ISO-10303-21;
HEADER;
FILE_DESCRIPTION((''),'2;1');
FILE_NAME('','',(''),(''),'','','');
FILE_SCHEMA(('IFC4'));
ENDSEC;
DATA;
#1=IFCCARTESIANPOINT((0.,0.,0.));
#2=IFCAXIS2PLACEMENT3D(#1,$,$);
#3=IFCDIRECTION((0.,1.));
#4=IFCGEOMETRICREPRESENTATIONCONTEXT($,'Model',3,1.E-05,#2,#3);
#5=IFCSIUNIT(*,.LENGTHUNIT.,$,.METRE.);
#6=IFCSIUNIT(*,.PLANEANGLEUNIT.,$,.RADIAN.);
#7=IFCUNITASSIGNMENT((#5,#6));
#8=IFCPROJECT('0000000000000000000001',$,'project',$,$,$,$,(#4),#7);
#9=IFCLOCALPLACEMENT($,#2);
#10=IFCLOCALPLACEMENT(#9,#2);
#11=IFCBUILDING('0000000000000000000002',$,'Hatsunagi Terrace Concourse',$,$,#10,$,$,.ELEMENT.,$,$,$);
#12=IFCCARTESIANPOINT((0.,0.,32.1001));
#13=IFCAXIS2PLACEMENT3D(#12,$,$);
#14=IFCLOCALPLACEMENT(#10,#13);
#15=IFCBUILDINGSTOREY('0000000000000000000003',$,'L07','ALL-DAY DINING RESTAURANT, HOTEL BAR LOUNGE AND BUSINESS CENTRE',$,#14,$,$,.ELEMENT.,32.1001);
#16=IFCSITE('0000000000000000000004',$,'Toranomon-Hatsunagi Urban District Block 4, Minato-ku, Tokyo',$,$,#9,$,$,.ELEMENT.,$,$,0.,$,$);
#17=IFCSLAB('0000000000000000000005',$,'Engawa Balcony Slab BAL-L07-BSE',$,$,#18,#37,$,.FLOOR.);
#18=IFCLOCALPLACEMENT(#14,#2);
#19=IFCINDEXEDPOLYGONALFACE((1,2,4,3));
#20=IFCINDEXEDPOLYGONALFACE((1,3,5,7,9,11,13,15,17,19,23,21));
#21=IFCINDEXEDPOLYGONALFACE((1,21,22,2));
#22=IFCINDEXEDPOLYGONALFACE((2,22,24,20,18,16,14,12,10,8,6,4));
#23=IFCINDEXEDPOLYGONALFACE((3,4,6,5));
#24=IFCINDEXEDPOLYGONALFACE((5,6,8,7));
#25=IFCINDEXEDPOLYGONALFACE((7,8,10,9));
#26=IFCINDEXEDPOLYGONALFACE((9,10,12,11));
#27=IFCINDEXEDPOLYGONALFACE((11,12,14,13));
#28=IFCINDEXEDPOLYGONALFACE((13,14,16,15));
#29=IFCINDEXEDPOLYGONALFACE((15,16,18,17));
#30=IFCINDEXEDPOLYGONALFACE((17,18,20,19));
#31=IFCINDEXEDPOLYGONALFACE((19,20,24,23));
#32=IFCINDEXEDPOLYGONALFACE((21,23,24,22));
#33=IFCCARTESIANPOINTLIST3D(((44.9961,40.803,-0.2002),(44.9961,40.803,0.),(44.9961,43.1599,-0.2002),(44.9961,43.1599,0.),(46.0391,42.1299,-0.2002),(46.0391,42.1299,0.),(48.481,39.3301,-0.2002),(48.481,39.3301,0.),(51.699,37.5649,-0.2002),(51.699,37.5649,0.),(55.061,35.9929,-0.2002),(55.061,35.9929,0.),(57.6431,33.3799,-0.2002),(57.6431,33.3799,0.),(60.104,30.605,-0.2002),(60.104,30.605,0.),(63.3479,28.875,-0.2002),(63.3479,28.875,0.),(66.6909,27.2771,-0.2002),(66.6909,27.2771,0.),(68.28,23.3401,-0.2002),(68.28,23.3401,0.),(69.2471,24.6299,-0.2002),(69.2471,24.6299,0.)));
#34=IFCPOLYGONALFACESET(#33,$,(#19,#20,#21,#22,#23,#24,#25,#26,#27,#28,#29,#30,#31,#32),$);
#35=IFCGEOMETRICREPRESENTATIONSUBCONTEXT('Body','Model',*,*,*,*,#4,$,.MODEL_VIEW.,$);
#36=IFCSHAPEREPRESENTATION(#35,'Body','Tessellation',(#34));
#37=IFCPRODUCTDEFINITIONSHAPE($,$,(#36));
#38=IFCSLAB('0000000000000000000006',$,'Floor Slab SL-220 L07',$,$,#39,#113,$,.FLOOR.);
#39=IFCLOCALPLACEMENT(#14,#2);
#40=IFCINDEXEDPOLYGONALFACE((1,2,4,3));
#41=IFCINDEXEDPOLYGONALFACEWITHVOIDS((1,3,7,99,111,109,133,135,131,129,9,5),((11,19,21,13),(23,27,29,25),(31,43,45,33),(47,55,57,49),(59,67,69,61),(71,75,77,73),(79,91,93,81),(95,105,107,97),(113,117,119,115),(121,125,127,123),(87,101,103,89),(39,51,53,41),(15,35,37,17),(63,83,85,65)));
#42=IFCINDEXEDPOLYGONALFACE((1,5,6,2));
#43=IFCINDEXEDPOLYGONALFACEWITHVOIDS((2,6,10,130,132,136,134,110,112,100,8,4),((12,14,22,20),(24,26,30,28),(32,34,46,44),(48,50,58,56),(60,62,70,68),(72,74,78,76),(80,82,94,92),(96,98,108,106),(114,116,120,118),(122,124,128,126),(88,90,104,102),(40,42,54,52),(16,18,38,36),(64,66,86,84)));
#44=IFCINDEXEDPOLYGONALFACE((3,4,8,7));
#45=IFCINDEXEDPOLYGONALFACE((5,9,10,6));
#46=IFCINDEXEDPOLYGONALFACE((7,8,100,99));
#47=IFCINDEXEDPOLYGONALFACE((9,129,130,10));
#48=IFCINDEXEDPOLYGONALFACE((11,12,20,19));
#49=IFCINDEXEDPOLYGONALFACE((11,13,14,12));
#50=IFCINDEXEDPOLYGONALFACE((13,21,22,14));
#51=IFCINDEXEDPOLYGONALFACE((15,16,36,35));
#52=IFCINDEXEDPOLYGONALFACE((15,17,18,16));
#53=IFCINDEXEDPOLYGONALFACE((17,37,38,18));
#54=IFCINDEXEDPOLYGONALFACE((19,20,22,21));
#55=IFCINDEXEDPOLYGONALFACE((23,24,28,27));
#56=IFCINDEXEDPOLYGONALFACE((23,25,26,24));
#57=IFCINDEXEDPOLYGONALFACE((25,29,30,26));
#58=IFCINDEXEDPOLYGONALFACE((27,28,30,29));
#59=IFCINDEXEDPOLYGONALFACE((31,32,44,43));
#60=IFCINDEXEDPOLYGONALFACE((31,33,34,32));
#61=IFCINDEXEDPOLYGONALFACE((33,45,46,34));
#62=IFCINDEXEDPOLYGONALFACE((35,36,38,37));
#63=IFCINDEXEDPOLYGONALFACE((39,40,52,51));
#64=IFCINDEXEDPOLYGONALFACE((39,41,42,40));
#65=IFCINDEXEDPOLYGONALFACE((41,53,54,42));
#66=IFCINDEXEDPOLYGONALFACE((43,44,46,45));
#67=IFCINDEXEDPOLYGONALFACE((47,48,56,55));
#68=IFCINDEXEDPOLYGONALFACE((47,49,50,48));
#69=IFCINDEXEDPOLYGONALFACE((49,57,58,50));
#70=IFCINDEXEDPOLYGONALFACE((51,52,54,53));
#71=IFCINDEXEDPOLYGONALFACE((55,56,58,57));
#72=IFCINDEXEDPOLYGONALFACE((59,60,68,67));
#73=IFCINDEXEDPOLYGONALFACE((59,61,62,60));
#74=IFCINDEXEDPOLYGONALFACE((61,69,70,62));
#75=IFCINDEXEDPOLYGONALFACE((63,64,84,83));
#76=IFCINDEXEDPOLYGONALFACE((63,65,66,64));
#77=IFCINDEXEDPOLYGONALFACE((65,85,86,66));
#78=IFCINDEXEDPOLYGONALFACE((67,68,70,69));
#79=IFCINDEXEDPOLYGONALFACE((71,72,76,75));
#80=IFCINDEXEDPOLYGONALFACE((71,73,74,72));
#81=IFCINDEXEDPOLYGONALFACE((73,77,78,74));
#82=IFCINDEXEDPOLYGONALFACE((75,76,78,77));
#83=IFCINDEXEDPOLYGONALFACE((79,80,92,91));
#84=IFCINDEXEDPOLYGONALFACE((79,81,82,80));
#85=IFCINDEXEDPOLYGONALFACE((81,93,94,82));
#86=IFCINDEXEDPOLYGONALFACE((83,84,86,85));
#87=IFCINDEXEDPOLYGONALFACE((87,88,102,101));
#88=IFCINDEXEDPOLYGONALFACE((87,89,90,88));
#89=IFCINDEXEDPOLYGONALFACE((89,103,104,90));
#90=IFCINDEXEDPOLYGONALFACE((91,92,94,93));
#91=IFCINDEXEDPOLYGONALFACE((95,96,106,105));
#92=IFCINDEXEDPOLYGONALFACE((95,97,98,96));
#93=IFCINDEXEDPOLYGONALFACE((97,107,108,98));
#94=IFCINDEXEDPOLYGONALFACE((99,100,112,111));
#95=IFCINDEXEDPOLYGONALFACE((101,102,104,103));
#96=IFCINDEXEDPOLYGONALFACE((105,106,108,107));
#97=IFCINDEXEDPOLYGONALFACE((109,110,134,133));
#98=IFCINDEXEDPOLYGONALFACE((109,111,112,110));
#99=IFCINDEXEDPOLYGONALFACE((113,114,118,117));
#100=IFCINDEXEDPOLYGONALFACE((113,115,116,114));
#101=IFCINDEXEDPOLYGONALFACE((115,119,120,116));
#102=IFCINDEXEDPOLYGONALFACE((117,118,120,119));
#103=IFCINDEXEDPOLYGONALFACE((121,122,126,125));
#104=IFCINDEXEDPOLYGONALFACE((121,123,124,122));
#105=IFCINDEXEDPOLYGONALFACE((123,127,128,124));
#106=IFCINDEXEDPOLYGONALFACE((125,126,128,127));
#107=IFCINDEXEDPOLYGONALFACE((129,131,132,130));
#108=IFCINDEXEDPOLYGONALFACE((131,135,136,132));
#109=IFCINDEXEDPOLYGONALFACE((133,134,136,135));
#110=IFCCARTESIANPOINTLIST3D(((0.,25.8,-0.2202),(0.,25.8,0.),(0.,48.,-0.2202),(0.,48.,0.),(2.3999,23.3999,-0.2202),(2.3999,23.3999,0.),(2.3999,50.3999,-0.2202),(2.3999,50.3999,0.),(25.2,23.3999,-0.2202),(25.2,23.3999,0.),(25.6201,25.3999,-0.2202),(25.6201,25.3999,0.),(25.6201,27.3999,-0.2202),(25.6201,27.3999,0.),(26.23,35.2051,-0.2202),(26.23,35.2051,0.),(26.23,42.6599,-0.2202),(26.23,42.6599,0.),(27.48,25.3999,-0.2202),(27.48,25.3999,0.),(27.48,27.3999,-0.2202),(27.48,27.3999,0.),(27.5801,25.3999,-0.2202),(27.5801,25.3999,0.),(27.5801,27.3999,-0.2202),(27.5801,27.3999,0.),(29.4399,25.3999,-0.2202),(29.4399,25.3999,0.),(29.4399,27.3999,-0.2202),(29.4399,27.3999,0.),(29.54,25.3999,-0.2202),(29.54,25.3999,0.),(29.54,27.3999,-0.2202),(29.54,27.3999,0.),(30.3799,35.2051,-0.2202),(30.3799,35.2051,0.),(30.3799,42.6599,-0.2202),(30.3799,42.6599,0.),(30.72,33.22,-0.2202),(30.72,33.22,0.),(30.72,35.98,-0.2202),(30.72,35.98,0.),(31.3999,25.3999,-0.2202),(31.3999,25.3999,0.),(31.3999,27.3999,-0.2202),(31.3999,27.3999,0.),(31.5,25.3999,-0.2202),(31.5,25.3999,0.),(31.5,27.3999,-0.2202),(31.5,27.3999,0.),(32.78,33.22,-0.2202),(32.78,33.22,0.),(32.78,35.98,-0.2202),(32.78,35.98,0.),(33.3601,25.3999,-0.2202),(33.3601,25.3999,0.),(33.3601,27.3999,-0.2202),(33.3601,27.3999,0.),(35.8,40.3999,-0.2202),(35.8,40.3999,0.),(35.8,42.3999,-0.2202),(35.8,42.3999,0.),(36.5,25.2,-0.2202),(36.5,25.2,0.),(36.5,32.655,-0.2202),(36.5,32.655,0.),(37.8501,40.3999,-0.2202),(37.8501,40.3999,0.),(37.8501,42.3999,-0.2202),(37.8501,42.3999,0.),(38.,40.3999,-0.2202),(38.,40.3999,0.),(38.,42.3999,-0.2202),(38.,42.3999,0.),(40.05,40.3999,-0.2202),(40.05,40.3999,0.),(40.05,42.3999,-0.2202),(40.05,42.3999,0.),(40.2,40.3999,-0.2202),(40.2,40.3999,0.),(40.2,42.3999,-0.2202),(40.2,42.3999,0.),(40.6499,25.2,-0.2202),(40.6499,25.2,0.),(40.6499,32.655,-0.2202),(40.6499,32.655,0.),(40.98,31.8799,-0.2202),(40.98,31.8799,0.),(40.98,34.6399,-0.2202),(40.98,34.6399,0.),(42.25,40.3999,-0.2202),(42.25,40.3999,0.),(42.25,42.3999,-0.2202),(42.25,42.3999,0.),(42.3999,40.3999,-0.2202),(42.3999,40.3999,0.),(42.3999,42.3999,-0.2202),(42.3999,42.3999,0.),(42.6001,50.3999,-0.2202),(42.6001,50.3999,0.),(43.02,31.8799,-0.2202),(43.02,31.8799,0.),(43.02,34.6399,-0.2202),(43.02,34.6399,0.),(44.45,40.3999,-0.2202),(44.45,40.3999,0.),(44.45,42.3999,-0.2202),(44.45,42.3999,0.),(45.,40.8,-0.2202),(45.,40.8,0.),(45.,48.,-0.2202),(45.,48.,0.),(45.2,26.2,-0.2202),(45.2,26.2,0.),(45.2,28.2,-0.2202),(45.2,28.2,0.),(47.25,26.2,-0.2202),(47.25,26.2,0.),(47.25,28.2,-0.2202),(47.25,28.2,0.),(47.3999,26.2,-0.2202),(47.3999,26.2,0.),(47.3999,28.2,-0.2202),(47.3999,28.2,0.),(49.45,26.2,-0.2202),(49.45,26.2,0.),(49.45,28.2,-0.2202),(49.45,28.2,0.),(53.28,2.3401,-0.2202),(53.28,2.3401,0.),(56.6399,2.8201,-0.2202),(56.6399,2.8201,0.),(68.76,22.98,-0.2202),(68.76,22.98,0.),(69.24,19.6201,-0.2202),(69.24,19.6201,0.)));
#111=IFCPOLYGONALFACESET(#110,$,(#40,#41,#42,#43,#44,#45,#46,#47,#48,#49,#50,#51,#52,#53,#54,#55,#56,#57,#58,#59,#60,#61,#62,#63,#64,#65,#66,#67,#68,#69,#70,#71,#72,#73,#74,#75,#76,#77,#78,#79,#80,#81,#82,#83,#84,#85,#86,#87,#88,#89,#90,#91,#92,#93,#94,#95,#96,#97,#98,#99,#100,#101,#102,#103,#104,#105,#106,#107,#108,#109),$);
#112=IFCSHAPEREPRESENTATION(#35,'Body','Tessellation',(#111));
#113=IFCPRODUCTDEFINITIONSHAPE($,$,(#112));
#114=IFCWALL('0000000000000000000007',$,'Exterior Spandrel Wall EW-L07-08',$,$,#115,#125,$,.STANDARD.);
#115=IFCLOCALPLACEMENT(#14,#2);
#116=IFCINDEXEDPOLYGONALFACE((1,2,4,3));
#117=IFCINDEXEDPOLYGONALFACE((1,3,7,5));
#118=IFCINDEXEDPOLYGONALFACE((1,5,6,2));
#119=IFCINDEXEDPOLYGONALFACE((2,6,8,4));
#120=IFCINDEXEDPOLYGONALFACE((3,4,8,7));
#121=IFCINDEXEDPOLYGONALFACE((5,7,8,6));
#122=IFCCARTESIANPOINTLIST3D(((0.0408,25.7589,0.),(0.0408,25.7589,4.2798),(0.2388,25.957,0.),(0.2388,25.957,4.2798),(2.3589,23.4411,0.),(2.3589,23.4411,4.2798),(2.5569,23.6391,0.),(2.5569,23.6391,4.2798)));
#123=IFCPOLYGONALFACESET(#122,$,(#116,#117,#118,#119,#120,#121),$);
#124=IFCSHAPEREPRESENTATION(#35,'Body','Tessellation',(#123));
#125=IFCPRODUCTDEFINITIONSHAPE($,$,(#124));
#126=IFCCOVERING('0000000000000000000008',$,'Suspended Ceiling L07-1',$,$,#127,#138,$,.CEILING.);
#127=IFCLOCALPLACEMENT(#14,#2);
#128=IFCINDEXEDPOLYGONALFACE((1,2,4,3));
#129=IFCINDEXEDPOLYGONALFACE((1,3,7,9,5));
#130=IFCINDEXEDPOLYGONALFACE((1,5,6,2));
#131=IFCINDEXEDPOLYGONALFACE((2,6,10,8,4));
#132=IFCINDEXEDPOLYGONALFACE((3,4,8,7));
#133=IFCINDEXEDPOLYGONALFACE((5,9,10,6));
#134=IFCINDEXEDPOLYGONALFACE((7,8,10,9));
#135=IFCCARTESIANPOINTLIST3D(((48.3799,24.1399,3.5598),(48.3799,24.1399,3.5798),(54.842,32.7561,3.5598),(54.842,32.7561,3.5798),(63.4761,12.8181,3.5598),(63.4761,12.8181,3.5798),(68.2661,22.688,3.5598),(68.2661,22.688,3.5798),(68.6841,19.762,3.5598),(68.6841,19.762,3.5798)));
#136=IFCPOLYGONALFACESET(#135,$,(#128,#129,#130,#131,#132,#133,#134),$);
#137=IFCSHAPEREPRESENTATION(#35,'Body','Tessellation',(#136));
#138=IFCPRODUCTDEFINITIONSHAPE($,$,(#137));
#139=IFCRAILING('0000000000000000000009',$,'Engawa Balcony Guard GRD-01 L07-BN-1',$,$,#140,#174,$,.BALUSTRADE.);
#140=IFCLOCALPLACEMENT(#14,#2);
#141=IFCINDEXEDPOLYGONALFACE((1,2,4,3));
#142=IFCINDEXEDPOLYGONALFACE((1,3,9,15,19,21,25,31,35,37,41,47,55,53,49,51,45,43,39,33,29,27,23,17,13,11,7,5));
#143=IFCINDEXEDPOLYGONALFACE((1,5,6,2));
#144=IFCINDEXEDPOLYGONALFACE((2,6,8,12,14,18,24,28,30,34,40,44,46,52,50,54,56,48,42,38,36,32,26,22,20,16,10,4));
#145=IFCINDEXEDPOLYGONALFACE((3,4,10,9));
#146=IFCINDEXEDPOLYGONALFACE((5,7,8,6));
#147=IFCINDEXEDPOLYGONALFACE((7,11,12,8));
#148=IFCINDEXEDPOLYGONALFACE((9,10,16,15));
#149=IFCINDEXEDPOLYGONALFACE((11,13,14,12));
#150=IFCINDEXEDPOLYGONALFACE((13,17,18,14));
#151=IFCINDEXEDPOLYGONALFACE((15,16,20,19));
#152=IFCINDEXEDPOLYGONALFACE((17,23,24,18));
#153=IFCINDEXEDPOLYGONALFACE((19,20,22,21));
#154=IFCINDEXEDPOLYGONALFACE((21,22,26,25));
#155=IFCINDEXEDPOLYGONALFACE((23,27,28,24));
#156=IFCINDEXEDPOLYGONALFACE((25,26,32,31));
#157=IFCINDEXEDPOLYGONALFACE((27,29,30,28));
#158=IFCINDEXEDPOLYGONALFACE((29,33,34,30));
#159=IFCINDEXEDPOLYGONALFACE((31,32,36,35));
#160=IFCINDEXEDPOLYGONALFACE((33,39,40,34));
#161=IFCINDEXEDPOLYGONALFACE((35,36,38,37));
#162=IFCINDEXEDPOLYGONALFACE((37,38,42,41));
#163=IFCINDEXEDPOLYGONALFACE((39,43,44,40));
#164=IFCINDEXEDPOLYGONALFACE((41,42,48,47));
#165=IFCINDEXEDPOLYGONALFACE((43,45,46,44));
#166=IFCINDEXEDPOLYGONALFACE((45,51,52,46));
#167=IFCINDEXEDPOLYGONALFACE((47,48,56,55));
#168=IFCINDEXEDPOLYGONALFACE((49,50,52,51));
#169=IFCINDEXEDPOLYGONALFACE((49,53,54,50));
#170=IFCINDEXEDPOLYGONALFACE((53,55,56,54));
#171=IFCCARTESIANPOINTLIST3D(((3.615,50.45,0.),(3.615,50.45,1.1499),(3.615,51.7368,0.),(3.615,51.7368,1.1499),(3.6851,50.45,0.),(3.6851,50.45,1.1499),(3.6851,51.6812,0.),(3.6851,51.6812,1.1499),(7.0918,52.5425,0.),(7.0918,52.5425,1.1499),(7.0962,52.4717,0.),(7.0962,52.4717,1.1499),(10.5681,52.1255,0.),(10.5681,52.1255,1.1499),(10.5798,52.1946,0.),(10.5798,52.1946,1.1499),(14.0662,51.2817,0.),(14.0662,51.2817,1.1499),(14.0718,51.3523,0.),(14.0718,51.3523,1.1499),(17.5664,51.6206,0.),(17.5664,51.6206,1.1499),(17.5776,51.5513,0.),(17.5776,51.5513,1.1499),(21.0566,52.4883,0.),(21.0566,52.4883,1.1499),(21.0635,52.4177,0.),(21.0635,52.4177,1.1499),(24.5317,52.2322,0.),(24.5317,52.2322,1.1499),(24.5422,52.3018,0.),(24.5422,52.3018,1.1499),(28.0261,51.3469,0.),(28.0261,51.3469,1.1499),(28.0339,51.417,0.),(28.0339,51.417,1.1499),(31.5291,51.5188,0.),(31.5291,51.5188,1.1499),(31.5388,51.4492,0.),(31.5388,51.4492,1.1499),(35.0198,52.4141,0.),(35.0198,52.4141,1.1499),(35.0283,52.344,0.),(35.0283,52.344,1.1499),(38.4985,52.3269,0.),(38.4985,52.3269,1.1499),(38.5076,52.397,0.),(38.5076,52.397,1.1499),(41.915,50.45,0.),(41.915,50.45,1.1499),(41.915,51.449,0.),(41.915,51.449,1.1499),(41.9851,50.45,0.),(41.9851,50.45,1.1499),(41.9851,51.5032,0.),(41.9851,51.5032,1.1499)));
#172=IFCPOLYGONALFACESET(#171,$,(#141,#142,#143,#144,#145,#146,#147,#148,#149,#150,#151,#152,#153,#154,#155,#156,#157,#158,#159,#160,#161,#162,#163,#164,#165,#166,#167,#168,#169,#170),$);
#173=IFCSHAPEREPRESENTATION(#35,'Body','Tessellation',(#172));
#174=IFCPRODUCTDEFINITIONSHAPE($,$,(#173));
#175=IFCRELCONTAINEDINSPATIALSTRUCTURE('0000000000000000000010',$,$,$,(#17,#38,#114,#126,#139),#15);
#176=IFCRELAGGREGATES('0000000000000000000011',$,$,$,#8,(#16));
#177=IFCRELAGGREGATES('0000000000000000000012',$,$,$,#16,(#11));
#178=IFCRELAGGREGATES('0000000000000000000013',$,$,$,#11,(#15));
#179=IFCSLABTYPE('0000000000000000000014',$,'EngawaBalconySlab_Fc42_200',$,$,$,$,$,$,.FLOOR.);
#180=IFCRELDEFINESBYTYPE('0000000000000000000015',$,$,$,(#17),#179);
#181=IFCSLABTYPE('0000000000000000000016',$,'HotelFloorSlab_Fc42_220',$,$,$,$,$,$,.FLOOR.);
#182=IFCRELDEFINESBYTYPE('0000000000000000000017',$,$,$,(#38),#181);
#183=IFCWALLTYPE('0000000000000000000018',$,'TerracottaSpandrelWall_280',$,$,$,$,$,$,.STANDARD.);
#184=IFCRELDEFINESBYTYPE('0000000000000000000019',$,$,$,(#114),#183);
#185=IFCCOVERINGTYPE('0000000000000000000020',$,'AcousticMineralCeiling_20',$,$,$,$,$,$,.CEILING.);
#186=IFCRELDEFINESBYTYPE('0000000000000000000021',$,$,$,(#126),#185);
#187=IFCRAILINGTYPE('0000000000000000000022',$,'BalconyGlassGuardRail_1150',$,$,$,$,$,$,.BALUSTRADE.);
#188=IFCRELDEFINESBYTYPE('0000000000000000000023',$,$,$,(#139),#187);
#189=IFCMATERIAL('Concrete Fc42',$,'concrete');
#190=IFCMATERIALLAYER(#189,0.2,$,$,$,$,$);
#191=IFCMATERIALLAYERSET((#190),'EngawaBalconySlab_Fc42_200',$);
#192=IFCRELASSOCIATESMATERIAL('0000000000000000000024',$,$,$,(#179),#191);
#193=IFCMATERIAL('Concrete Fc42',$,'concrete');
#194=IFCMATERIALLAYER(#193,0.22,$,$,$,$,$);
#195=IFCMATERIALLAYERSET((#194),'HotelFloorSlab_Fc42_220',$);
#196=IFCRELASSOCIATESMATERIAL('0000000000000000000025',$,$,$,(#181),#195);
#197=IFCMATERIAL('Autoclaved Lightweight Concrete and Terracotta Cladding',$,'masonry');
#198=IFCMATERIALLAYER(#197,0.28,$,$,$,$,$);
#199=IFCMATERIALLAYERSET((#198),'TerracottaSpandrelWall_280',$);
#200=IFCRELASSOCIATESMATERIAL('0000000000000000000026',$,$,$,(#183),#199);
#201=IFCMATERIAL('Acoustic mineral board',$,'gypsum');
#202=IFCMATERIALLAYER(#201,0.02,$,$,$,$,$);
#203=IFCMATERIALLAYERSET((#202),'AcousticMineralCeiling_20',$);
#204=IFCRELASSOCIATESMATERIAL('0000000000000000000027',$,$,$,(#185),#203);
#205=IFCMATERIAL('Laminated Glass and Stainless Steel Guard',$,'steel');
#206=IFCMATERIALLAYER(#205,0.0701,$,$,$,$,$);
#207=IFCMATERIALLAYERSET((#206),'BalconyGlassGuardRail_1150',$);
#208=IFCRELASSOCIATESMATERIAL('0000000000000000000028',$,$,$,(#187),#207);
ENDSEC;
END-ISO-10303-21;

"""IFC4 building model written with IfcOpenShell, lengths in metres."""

from ifc_helpers import new_model, si_unit, direction, frame, frame_2d, origin, place, context, subcontext, project, spatial, polyline, rectangle, outline, extrude, material, layer, layer_set, type_object, element, save


model = new_model("IFC4")

# Units and contexts
model_context = context("Model", 3, precision=1e-05, world=origin(), true_north=direction((0.0, 1.0)))
body_context = subcontext(model_context, "Body", "Model", "MODEL_VIEW")
ifc_project = project(units=[si_unit("LENGTHUNIT", "METRE"), si_unit("PLANEANGLEUNIT", "RADIAN")], contexts=[model_context])

# Site, building, storey
site_placement = place(None, origin())
site = spatial("IfcSite", under=ifc_project, at=site_placement, Name="Toranomon-Hatsunagi Urban District Block 4, Minato-ku, Tokyo", CompositionType="ELEMENT", RefElevation=0.0)
building_placement = place(site_placement, origin())
building = spatial("IfcBuilding", under=site, at=building_placement, Name="Hatsunagi Terrace Concourse", CompositionType="ELEMENT")
storey_placement = place(building_placement, frame((0.0, 0.0, 32.1001)))
storey = spatial("IfcBuildingStorey", under=building, at=storey_placement, Name="L07", Description="ALL-DAY DINING RESTAURANT, HOTEL BAR LOUNGE AND BUSINESS CENTRE", CompositionType="ELEMENT", Elevation=32.1001)

# Slabs
ifc_material_1 = material(Name="Concrete Fc42", Category="concrete")
ifc_layer_1 = layer(ifc_material_1, 0.2)
ifc_layer_set_1 = layer_set([ifc_layer_1], Name="EngawaBalconySlab_Fc42_200")
slab_type_1 = type_object("IfcSlabType", Name="EngawaBalconySlab_Fc42_200", PredefinedType="FLOOR", material=ifc_layer_set_1)
slab_1_placement = place(storey_placement, frame((0.0, 0.0, -0.2002)))
element("IfcSlab", 1, at=slab_1_placement, inside=storey, type_object=slab_type_1, Name="Engawa Balcony Slab BAL-L07-BSE", PredefinedType="FLOOR", context=body_context, shape_type="SweptSolid", body=[
    extrude(outline(polyline([(46.0391, 42.1299), (44.9961, 43.1599), (44.9961, 40.803), (68.28, 23.3401), (69.2471, 24.6299), (66.6909, 27.2771), (63.3479, 28.875), (60.104, 30.605), (57.6431, 33.3799), (55.061, 35.9929), (51.699, 37.5649), (48.481, 39.3301), (46.0391, 42.1299)])), origin(), (0.0, 0.0, 1.0), 0.2002),
])
ifc_material_2 = material(Name="Concrete Fc42", Category="concrete")
ifc_layer_2 = layer(ifc_material_2, 0.22)
ifc_layer_set_2 = layer_set([ifc_layer_2], Name="HotelFloorSlab_Fc42_220")
slab_type_2 = type_object("IfcSlabType", Name="HotelFloorSlab_Fc42_220", PredefinedType="FLOOR", material=ifc_layer_set_2)
slab_2_placement = place(storey_placement, frame((0.0, 0.0, -0.2202)))
element("IfcSlab", 2, at=slab_2_placement, inside=storey, type_object=slab_type_2, Name="Floor Slab SL-220 L07", PredefinedType="FLOOR", context=body_context, shape_type="SweptSolid", body=[
    extrude(outline(polyline([(45.0, 40.8), (45.0, 48.0), (42.6001, 50.3999), (2.3999, 50.3999), (0.0, 48.0), (0.0, 25.8), (2.3999, 23.3999), (25.2, 23.3999), (53.28, 2.3401), (56.6399, 2.8201), (69.24, 19.6201), (68.76, 22.98), (45.0, 40.8)]), holes=[polyline([(26.23, 35.2051), (30.3799, 35.2051), (30.3799, 42.6599), (26.23, 42.6599), (26.23, 35.2051)]), polyline([(36.5, 25.2), (40.6499, 25.2), (40.6499, 32.655), (36.5, 32.655), (36.5, 25.2)]), polyline([(30.72, 33.22), (32.78, 33.22), (32.78, 35.98), (30.72, 35.98), (30.72, 33.22)]), polyline([(40.98, 31.8799), (43.02, 31.8799), (43.02, 34.6399), (40.98, 34.6399), (40.98, 31.8799)]), polyline([(25.6201, 25.3999), (27.48, 25.3999), (27.48, 27.3999), (25.6201, 27.3999), (25.6201, 25.3999)]), polyline([(27.5801, 25.3999), (29.4399, 25.3999), (29.4399, 27.3999), (27.5801, 27.3999), (27.5801, 25.3999)]), polyline([(29.54, 25.3999), (31.3999, 25.3999), (31.3999, 27.3999), (29.54, 27.3999), (29.54, 25.3999)]), polyline([(31.5, 25.3999), (33.3601, 25.3999), (33.3601, 27.3999), (31.5, 27.3999), (31.5, 25.3999)]), polyline([(35.8, 40.3999), (37.8501, 40.3999), (37.8501, 42.3999), (35.8, 42.3999), (35.8, 40.3999)]), polyline([(38.0, 40.3999), (40.05, 40.3999), (40.05, 42.3999), (38.0, 42.3999), (38.0, 40.3999)]), polyline([(40.2, 40.3999), (42.25, 40.3999), (42.25, 42.3999), (40.2, 42.3999), (40.2, 40.3999)]), polyline([(42.3999, 40.3999), (44.45, 40.3999), (44.45, 42.3999), (42.3999, 42.3999), (42.3999, 40.3999)]), polyline([(45.2, 26.2), (47.25, 26.2), (47.25, 28.2), (45.2, 28.2), (45.2, 26.2)]), polyline([(47.3999, 26.2), (49.45, 26.2), (49.45, 28.2), (47.3999, 28.2), (47.3999, 26.2)])]), origin(), (0.0, 0.0, 1.0), 0.2202),
])

# Wall
ifc_material_3 = material(Name="Autoclaved Lightweight Concrete and Terracotta Cladding", Category="masonry")
ifc_layer_3 = layer(ifc_material_3, 0.28)
ifc_layer_set_3 = layer_set([ifc_layer_3], Name="TerracottaSpandrelWall_280")
wall_type = type_object("IfcWallType", Name="TerracottaSpandrelWall_280", PredefinedType="STANDARD", material=ifc_layer_set_3)
wall_placement = place(storey_placement, frame((2.458, 23.54, 0.0), z_axis=(0.0, 0.0, 1.0), x_axis=(-0.707144, 0.70707, 0.0)))
element("IfcWall", 3, at=wall_placement, inside=storey, type_object=wall_type, Name="Exterior Spandrel Wall EW-L07-08", PredefinedType="STANDARD", context=body_context, shape_type="SweptSolid", body=[
    extrude(rectangle(XDim=3.2781, YDim=0.28, at=frame_2d((1.6392, 0.0))), origin(), (0.0, 0.0, 1.0), 4.2798),
])

# Covering
ifc_material_4 = material(Name="Acoustic mineral board", Category="gypsum")
ifc_layer_4 = layer(ifc_material_4, 0.02)
ifc_layer_set_4 = layer_set([ifc_layer_4], Name="AcousticMineralCeiling_20")
covering_type_1 = type_object("IfcCoveringType", Name="AcousticMineralCeiling_20", PredefinedType="CEILING", material=ifc_layer_set_4)
covering_1_placement = place(storey_placement, frame((0.0, 0.0, 3.5598)))
element("IfcCovering", 4, at=covering_1_placement, inside=storey, type_object=covering_type_1, Name="Suspended Ceiling L07-1", PredefinedType="CEILING", context=body_context, shape_type="SweptSolid", body=[
    extrude(outline(polyline([(68.2661, 22.688), (54.842, 32.7561), (48.3799, 24.1399), (63.4761, 12.8181), (68.6841, 19.762), (68.2661, 22.688)])), origin(), (0.0, 0.0, 1.0), 0.02),
])

# Railing
ifc_material_5 = material(Name="Laminated Glass and Stainless Steel Guard", Category="steel")
ifc_layer_5 = layer(ifc_material_5, 0.0701)
ifc_layer_set_5 = layer_set([ifc_layer_5], Name="BalconyGlassGuardRail_1150")
railing_type = type_object("IfcRailingType", Name="BalconyGlassGuardRail_1150", PredefinedType="BALUSTRADE", material=ifc_layer_set_5)
railing_1_placement = place(storey_placement, origin())
element("IfcRailing", 5, at=railing_1_placement, inside=storey, type_object=railing_type, Name="Engawa Balcony Guard GRD-01 L07-BN-1", PredefinedType="BALUSTRADE", context=body_context, shape_type="SweptSolid", body=[
    extrude(outline(polyline([(3.615, 50.45), (3.6851, 50.45), (3.6851, 51.6812), (7.0962, 52.4717), (10.5681, 52.1255), (14.0662, 51.2817), (17.5776, 51.5513), (21.0635, 52.4177), (24.5317, 52.2322), (28.0261, 51.3469), (31.5388, 51.4492), (35.0283, 52.344), (38.4985, 52.3269), (41.915, 51.449), (41.915, 50.45), (41.9851, 50.45), (41.9851, 51.5032), (38.5076, 52.397), (35.0198, 52.4141), (31.5291, 51.5188), (28.0339, 51.417), (24.5422, 52.3018), (21.0566, 52.4883), (17.5664, 51.6206), (14.0718, 51.3523), (10.5798, 52.1946), (7.0918, 52.5425), (3.615, 51.7368), (3.615, 50.45)])), origin(), (0.0, 0.0, 1.0), 1.1499),
])

save(model, "model.ifc")
